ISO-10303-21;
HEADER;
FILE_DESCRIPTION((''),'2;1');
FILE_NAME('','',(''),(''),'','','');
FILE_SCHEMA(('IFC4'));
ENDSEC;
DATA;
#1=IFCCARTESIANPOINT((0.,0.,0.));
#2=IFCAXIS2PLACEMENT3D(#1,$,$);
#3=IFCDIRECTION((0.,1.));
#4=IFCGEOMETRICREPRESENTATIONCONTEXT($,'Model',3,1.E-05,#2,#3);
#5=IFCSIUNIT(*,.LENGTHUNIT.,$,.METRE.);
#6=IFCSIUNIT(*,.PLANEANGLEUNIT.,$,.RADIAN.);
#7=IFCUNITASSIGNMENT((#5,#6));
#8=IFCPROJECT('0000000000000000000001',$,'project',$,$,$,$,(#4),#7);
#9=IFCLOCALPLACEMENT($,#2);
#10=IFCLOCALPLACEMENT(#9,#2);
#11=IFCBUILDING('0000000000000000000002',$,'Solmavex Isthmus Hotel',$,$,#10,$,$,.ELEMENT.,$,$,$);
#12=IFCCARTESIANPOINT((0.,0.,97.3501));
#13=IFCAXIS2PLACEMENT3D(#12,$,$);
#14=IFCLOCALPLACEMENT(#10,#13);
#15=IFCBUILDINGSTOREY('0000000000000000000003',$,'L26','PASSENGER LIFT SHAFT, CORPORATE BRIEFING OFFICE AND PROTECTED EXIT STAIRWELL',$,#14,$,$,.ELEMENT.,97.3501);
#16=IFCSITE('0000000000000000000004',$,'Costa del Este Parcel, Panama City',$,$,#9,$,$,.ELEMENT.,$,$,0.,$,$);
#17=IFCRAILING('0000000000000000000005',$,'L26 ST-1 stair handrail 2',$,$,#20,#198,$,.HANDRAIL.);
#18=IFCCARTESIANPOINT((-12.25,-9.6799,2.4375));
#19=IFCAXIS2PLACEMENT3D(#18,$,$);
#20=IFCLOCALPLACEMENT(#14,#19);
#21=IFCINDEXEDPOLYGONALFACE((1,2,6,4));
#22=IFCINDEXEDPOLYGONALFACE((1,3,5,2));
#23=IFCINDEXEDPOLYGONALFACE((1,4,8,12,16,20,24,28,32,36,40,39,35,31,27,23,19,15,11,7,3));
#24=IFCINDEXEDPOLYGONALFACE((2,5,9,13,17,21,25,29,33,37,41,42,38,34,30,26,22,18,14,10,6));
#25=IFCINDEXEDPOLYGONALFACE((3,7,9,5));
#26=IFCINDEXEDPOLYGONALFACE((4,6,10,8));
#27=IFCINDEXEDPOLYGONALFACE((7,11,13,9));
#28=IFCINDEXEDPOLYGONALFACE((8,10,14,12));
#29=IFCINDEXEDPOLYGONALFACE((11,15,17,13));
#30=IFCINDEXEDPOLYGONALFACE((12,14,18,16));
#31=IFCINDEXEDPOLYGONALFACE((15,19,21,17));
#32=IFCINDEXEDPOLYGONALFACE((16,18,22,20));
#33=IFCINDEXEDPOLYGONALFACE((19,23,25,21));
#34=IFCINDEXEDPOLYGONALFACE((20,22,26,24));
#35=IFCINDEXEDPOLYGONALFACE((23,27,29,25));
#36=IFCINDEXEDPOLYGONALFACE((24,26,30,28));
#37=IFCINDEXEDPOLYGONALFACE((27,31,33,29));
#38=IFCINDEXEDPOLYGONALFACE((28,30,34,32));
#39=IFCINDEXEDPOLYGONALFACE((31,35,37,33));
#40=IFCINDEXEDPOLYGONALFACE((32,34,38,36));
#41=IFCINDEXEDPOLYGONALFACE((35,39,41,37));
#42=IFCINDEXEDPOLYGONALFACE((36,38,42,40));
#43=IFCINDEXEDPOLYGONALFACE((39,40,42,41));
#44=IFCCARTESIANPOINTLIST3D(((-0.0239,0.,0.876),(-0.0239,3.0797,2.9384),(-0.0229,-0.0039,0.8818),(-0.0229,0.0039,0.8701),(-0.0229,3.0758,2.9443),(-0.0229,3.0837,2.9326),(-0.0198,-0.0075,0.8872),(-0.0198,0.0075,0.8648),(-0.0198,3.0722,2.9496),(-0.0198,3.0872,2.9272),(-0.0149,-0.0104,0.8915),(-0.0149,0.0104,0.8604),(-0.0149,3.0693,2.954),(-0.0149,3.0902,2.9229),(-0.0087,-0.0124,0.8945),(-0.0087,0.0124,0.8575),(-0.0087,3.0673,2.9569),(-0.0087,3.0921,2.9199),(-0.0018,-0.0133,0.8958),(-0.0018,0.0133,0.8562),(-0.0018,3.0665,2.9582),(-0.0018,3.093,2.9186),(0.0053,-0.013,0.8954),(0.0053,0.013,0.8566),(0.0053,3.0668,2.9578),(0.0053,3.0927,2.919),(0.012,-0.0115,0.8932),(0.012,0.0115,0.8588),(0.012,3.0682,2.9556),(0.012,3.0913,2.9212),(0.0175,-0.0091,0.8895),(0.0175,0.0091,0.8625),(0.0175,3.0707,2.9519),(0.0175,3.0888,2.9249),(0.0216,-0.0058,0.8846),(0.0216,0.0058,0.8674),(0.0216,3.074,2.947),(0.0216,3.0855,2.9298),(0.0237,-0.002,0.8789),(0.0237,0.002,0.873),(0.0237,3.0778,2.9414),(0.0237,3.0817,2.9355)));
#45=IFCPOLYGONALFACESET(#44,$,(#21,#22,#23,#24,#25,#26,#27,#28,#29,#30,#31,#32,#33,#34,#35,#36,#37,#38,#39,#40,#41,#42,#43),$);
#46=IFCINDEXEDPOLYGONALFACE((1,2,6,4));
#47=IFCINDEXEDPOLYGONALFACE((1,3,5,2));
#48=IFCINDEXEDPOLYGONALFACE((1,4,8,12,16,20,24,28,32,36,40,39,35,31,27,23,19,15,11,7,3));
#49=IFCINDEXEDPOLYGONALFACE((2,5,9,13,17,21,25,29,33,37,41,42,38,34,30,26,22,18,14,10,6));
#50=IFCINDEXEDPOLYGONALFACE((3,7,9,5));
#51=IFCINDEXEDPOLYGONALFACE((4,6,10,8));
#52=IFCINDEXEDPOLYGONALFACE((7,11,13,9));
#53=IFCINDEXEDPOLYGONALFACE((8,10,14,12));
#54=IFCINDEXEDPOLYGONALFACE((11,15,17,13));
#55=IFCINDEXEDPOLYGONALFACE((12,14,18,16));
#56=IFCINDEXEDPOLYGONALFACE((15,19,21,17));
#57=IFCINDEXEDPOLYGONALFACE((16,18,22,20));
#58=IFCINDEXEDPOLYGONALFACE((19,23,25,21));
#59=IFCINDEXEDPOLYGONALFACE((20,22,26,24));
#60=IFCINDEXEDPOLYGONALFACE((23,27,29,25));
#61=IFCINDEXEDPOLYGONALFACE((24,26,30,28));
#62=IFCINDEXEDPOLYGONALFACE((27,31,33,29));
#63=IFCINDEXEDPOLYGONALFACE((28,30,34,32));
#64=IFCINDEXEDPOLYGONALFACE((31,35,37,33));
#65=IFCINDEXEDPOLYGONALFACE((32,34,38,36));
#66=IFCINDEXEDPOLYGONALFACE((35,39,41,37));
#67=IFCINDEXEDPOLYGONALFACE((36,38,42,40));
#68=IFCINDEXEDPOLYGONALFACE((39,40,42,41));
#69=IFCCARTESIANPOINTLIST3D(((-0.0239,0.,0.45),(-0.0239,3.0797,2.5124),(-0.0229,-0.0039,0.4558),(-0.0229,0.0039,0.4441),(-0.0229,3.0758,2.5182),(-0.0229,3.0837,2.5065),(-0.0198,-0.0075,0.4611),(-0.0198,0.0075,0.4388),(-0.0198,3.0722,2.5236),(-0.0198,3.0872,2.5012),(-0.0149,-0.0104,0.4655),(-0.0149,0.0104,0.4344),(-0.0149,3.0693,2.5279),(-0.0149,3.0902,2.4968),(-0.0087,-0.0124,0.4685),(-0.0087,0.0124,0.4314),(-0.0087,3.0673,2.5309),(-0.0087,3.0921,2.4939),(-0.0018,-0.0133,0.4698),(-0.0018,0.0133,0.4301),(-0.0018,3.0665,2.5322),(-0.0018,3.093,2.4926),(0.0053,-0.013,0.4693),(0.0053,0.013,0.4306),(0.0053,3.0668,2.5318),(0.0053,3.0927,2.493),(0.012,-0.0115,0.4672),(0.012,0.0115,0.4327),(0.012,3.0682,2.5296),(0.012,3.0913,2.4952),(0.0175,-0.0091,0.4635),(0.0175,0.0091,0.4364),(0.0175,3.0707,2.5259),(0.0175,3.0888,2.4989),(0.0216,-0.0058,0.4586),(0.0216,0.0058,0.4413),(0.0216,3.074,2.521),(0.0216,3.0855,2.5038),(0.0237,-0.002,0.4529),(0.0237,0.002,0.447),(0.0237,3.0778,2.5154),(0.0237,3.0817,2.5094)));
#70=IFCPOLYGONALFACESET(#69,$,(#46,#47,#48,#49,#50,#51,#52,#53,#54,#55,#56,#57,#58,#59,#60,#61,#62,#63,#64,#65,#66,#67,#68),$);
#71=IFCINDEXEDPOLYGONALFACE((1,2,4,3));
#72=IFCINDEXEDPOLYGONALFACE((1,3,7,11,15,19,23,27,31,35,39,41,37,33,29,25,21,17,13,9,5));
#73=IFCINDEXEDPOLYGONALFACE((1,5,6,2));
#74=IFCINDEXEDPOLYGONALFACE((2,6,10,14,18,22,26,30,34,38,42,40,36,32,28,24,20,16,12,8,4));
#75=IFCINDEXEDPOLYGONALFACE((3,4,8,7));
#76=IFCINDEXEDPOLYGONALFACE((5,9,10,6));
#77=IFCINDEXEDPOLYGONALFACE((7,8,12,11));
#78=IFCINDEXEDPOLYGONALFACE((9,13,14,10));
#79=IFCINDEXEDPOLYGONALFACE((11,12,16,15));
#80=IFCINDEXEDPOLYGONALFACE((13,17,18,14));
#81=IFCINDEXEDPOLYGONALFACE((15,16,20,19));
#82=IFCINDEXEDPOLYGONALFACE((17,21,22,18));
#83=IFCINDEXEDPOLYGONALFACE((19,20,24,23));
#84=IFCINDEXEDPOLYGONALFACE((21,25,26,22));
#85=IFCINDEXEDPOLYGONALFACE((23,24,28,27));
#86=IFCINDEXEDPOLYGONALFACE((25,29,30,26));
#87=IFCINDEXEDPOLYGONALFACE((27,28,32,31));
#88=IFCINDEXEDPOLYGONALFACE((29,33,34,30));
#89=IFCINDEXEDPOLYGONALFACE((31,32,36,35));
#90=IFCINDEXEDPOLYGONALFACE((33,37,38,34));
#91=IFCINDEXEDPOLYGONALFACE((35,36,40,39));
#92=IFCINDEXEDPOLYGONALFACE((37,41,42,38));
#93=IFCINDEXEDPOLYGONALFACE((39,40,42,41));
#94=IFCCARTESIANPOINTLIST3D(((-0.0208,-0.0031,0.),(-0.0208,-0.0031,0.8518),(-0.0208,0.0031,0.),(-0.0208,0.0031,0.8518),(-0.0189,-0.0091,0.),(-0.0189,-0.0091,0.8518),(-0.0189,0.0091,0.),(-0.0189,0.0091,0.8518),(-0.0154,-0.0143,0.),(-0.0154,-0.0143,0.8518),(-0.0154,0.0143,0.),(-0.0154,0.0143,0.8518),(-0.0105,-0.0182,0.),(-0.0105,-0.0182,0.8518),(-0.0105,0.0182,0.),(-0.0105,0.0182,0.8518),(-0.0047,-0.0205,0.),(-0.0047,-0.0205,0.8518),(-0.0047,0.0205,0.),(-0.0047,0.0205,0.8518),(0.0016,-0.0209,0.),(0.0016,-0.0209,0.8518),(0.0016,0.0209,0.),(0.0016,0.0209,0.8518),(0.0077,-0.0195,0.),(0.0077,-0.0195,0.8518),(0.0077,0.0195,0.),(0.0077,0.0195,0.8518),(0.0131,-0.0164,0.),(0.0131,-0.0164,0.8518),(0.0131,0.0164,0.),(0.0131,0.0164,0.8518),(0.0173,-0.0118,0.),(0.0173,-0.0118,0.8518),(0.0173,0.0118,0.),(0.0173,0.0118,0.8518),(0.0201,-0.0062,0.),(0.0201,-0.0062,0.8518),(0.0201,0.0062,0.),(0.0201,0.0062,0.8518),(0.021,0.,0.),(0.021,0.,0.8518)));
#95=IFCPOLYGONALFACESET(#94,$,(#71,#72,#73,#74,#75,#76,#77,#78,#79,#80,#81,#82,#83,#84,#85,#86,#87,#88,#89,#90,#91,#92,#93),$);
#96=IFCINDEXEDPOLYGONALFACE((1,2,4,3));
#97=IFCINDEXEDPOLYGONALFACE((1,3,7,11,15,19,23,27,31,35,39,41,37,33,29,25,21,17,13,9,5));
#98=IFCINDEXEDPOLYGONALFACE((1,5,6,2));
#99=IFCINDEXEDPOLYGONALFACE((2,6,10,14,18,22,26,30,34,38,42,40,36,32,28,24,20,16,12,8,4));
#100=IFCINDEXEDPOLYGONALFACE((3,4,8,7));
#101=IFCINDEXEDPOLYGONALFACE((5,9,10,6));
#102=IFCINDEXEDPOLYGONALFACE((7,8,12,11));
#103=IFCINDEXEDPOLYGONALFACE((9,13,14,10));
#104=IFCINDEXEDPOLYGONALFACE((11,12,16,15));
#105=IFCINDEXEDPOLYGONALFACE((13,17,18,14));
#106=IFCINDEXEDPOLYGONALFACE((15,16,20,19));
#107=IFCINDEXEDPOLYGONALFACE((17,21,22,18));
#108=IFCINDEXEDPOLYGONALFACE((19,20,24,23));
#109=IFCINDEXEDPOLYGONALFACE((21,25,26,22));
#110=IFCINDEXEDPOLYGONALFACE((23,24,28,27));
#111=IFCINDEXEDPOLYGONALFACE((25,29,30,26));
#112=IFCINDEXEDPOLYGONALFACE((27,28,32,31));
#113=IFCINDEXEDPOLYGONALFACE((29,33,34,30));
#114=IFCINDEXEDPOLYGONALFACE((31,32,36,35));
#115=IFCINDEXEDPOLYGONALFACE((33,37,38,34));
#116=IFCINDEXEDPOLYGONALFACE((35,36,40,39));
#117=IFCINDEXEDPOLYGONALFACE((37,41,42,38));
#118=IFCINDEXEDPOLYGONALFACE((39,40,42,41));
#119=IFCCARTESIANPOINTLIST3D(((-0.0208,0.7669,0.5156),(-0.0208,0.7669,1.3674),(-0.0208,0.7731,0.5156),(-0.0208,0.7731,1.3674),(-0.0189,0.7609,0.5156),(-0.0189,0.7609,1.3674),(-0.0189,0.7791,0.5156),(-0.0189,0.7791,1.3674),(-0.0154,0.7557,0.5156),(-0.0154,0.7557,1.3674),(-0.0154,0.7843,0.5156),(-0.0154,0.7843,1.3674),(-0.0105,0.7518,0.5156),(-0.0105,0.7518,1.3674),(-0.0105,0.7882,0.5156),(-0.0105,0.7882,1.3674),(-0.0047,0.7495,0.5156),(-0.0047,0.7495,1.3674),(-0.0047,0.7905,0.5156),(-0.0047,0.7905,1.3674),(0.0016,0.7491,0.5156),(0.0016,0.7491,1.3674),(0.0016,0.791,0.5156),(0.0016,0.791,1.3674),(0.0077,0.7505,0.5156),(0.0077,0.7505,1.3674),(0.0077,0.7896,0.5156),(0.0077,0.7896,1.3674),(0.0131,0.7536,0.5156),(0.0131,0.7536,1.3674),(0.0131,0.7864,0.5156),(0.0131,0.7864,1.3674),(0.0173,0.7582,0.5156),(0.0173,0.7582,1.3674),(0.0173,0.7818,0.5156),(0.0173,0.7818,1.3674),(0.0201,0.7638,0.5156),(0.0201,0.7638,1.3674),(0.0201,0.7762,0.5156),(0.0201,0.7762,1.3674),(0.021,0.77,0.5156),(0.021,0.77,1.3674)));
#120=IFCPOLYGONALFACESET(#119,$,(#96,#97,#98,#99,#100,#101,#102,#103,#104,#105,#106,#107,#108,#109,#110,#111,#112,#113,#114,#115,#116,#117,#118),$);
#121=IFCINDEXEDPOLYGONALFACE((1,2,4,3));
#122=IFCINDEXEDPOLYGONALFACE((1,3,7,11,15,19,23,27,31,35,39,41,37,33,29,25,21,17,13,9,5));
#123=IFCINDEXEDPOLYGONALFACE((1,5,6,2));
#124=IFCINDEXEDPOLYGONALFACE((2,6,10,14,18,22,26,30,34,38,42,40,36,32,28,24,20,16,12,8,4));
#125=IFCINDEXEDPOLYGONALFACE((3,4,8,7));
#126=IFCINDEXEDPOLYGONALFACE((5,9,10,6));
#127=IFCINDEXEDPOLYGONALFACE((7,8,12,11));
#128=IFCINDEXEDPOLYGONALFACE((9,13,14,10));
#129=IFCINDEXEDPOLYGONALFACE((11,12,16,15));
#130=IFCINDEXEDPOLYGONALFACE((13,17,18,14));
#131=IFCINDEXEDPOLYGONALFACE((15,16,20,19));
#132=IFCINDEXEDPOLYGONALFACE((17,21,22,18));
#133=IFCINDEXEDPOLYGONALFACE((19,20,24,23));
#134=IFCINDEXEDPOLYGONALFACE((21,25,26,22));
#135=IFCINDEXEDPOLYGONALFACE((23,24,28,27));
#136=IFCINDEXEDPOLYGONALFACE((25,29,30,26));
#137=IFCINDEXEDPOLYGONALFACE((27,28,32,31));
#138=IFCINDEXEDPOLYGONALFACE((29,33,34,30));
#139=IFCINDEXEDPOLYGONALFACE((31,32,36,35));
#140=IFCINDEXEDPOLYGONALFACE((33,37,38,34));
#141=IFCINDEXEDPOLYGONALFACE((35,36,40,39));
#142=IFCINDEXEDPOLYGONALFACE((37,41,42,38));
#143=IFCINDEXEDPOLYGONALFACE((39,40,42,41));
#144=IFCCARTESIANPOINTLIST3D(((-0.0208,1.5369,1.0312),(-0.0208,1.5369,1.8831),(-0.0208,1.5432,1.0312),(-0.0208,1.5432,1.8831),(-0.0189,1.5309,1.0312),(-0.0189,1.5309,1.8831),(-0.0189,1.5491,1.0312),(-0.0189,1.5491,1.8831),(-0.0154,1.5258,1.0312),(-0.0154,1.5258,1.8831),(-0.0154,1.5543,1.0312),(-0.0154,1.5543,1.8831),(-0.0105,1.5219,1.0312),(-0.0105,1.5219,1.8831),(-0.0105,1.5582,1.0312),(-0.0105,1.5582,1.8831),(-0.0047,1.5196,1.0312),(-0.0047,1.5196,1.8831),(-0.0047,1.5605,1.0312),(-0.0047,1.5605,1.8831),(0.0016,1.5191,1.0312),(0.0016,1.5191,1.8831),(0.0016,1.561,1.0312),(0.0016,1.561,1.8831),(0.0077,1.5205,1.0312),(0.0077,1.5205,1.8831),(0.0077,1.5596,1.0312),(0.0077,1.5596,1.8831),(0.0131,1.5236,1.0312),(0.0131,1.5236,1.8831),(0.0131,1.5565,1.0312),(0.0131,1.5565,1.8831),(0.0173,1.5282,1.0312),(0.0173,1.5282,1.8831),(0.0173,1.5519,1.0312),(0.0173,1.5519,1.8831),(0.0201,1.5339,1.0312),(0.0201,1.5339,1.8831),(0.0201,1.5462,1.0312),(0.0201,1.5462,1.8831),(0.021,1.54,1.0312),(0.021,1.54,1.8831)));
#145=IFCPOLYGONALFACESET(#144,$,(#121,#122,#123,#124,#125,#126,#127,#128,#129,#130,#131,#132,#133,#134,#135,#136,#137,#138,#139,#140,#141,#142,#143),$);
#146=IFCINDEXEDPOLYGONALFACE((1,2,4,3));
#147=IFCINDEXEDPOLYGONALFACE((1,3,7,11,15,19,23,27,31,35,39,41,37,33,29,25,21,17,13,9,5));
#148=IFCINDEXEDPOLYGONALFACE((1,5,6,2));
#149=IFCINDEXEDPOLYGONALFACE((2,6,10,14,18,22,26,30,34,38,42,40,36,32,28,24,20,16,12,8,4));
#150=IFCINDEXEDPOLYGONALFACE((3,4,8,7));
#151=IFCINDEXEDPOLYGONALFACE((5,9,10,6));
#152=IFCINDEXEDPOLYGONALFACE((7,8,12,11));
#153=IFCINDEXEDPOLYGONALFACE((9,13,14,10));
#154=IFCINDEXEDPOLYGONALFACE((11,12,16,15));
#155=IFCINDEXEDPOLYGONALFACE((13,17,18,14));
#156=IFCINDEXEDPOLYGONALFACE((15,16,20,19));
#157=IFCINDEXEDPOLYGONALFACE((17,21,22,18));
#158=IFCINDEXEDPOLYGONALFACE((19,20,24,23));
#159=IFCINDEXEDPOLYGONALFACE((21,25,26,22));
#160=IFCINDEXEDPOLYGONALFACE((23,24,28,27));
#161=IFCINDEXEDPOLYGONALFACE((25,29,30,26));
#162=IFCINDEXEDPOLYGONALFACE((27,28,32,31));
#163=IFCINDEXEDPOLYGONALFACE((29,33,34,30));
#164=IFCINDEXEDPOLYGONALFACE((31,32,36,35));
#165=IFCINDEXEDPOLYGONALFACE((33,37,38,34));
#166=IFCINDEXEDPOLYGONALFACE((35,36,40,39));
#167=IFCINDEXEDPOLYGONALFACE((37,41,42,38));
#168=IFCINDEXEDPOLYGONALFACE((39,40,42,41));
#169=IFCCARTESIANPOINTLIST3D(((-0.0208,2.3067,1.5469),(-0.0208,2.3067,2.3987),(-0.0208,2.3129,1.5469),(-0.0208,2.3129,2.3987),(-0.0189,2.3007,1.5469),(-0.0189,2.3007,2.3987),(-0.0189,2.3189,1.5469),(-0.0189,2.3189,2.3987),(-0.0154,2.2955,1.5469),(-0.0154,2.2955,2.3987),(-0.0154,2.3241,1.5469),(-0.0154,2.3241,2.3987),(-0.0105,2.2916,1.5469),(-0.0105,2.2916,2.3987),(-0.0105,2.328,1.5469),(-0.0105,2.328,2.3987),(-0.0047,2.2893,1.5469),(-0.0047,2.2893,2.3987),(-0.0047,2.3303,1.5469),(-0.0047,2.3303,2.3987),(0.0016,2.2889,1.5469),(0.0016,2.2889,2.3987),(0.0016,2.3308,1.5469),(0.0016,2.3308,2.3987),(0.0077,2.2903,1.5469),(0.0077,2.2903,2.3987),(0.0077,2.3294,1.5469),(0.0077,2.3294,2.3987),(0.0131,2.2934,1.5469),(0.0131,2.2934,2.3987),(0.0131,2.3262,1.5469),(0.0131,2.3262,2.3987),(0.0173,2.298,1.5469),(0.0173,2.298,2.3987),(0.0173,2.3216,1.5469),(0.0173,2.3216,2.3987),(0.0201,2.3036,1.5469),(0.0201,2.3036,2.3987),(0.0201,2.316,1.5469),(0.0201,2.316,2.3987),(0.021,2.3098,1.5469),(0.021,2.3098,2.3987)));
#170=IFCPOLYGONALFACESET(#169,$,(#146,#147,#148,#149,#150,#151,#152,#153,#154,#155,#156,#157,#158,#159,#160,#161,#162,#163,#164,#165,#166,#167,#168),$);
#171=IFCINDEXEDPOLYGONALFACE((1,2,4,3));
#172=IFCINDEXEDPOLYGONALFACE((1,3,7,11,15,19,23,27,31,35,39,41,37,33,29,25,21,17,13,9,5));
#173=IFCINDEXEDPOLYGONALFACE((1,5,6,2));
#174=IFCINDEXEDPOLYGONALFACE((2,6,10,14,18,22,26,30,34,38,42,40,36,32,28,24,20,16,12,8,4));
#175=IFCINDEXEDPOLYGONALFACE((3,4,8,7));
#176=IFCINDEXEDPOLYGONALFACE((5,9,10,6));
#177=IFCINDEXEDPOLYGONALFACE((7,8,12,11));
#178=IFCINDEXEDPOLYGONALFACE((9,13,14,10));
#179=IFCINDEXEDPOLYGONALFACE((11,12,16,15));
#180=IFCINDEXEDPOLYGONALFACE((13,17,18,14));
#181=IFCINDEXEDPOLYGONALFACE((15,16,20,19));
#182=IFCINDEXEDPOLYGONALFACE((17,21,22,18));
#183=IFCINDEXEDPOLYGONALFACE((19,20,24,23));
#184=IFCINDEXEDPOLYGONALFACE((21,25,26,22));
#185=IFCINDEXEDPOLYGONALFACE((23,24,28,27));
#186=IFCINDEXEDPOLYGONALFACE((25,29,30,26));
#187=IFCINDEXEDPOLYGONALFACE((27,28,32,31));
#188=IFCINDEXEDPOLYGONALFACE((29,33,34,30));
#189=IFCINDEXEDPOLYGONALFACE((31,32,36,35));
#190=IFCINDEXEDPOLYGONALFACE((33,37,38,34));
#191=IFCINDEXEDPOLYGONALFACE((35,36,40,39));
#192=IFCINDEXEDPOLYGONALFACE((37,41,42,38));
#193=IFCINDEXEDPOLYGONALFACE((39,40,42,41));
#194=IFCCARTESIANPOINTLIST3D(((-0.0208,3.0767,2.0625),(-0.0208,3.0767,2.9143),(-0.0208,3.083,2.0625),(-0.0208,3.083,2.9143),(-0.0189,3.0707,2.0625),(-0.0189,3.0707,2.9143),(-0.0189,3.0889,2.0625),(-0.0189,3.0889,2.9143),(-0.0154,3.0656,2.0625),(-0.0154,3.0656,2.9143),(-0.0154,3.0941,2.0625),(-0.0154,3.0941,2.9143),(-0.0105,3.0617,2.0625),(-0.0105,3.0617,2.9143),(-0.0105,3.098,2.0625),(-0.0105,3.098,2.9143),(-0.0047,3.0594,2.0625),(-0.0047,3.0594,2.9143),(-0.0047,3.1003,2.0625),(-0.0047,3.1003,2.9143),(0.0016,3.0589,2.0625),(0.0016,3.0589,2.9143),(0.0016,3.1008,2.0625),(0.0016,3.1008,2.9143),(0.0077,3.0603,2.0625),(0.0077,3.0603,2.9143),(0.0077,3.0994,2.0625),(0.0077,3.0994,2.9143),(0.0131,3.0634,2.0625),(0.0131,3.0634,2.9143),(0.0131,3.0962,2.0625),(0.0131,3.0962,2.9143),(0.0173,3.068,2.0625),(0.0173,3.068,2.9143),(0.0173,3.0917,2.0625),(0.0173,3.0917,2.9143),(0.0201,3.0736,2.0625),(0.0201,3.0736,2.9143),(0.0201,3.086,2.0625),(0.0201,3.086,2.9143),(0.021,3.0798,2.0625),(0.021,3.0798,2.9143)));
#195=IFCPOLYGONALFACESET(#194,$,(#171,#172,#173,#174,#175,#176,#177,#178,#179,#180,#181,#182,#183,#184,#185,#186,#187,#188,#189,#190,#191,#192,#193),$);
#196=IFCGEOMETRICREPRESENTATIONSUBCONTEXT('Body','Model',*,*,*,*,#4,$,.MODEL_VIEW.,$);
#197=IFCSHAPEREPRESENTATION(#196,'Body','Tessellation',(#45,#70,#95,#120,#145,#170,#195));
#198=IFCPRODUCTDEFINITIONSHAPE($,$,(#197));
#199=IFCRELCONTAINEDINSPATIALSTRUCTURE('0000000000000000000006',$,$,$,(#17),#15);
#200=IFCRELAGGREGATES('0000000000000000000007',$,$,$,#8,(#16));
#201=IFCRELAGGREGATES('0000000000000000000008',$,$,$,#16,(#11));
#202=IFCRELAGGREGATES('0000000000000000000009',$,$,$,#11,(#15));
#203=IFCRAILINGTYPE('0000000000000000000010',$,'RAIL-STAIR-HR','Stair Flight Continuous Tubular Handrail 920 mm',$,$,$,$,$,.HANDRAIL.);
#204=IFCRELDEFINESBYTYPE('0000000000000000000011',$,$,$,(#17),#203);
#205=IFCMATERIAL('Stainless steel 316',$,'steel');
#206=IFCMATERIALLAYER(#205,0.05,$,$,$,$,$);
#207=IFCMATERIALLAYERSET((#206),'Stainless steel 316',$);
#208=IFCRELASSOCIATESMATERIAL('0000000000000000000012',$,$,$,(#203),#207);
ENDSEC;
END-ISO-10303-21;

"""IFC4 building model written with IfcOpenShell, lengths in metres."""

from ifc_helpers import new_model, si_unit, direction, frame, origin, origin_2d, place, context, subcontext, project, spatial, circle, extrude, material, layer, layer_set, type_object, element, save


model = new_model("IFC4")

# Units and contexts
model_context = context("Model", 3, precision=1e-05, world=origin(), true_north=direction((0.0, 1.0)))
body_context = subcontext(model_context, "Body", "Model", "MODEL_VIEW")
ifc_project = project(units=[si_unit("LENGTHUNIT", "METRE"), si_unit("PLANEANGLEUNIT", "RADIAN")], contexts=[model_context])

# Site, building, storey
site_placement = place(None, origin())
site = spatial("IfcSite", under=ifc_project, at=site_placement, Name="Costa del Este Parcel, Panama City", CompositionType="ELEMENT", RefElevation=0.0)
building_placement = place(site_placement, origin())
building = spatial("IfcBuilding", under=site, at=building_placement, Name="Solmavex Isthmus Hotel", CompositionType="ELEMENT")
storey_placement = place(building_placement, frame((0.0, 0.0, 97.3501)))
storey = spatial("IfcBuildingStorey", under=building, at=storey_placement, Name="L26", Description="PASSENGER LIFT SHAFT, CORPORATE BRIEFING OFFICE AND PROTECTED EXIT STAIRWELL", CompositionType="ELEMENT", Elevation=97.3501)

# Shared definitions
ifc_material_1 = material(Name="Stainless steel 316", Category="steel")

# Railing
ifc_layer_1 = layer(ifc_material_1, 0.05)
ifc_layer_set_1 = layer_set([ifc_layer_1], Name="Stainless steel 316")
railing_type = type_object("IfcRailingType", Name="RAIL-STAIR-HR", Description="Stair Flight Continuous Tubular Handrail 920 mm", PredefinedType="HANDRAIL", material=ifc_layer_set_1)
railing_placement = place(storey_placement, frame((-12.25, -9.6799, 2.4375)))
element("IfcRailing", 1, at=railing_placement, inside=storey, type_object=railing_type, Name="L26 ST-1 stair handrail 2", PredefinedType="HANDRAIL", context=body_context, shape_type="SweptSolid", body=[
    extrude(circle(Radius=0.0239, at=origin_2d()), frame((0.0, 0.0, 0.876), z_axis=(0.0, 0.830893, 0.556432), x_axis=(-1.0, 0.0, 0.0)), (0.0, 0.0, 1.0), 3.7065),
    extrude(circle(Radius=0.0239, at=origin_2d()), frame((0.0, 0.0, 0.45), z_axis=(0.0, 0.830893, 0.556432), x_axis=(-1.0, 0.0, 0.0)), (0.0, 0.0, 1.0), 3.7065),
    extrude(circle(Radius=0.021, at=origin_2d()), origin(), (0.0, 0.0, 1.0), 0.8518),
    extrude(circle(Radius=0.021, at=origin_2d()), frame((0.0, 0.77, 0.5156)), (0.0, 0.0, 1.0), 0.8518),
    extrude(circle(Radius=0.021, at=origin_2d()), frame((0.0, 1.54, 1.0312)), (0.0, 0.0, 1.0), 0.8518),
    extrude(circle(Radius=0.021, at=origin_2d()), frame((0.0, 2.3098, 1.5469)), (0.0, 0.0, 1.0), 0.8518),
    extrude(circle(Radius=0.021, at=origin_2d()), frame((0.0, 3.0798, 2.0625)), (0.0, 0.0, 1.0), 0.8518),
])

save(model, "model.ifc")
